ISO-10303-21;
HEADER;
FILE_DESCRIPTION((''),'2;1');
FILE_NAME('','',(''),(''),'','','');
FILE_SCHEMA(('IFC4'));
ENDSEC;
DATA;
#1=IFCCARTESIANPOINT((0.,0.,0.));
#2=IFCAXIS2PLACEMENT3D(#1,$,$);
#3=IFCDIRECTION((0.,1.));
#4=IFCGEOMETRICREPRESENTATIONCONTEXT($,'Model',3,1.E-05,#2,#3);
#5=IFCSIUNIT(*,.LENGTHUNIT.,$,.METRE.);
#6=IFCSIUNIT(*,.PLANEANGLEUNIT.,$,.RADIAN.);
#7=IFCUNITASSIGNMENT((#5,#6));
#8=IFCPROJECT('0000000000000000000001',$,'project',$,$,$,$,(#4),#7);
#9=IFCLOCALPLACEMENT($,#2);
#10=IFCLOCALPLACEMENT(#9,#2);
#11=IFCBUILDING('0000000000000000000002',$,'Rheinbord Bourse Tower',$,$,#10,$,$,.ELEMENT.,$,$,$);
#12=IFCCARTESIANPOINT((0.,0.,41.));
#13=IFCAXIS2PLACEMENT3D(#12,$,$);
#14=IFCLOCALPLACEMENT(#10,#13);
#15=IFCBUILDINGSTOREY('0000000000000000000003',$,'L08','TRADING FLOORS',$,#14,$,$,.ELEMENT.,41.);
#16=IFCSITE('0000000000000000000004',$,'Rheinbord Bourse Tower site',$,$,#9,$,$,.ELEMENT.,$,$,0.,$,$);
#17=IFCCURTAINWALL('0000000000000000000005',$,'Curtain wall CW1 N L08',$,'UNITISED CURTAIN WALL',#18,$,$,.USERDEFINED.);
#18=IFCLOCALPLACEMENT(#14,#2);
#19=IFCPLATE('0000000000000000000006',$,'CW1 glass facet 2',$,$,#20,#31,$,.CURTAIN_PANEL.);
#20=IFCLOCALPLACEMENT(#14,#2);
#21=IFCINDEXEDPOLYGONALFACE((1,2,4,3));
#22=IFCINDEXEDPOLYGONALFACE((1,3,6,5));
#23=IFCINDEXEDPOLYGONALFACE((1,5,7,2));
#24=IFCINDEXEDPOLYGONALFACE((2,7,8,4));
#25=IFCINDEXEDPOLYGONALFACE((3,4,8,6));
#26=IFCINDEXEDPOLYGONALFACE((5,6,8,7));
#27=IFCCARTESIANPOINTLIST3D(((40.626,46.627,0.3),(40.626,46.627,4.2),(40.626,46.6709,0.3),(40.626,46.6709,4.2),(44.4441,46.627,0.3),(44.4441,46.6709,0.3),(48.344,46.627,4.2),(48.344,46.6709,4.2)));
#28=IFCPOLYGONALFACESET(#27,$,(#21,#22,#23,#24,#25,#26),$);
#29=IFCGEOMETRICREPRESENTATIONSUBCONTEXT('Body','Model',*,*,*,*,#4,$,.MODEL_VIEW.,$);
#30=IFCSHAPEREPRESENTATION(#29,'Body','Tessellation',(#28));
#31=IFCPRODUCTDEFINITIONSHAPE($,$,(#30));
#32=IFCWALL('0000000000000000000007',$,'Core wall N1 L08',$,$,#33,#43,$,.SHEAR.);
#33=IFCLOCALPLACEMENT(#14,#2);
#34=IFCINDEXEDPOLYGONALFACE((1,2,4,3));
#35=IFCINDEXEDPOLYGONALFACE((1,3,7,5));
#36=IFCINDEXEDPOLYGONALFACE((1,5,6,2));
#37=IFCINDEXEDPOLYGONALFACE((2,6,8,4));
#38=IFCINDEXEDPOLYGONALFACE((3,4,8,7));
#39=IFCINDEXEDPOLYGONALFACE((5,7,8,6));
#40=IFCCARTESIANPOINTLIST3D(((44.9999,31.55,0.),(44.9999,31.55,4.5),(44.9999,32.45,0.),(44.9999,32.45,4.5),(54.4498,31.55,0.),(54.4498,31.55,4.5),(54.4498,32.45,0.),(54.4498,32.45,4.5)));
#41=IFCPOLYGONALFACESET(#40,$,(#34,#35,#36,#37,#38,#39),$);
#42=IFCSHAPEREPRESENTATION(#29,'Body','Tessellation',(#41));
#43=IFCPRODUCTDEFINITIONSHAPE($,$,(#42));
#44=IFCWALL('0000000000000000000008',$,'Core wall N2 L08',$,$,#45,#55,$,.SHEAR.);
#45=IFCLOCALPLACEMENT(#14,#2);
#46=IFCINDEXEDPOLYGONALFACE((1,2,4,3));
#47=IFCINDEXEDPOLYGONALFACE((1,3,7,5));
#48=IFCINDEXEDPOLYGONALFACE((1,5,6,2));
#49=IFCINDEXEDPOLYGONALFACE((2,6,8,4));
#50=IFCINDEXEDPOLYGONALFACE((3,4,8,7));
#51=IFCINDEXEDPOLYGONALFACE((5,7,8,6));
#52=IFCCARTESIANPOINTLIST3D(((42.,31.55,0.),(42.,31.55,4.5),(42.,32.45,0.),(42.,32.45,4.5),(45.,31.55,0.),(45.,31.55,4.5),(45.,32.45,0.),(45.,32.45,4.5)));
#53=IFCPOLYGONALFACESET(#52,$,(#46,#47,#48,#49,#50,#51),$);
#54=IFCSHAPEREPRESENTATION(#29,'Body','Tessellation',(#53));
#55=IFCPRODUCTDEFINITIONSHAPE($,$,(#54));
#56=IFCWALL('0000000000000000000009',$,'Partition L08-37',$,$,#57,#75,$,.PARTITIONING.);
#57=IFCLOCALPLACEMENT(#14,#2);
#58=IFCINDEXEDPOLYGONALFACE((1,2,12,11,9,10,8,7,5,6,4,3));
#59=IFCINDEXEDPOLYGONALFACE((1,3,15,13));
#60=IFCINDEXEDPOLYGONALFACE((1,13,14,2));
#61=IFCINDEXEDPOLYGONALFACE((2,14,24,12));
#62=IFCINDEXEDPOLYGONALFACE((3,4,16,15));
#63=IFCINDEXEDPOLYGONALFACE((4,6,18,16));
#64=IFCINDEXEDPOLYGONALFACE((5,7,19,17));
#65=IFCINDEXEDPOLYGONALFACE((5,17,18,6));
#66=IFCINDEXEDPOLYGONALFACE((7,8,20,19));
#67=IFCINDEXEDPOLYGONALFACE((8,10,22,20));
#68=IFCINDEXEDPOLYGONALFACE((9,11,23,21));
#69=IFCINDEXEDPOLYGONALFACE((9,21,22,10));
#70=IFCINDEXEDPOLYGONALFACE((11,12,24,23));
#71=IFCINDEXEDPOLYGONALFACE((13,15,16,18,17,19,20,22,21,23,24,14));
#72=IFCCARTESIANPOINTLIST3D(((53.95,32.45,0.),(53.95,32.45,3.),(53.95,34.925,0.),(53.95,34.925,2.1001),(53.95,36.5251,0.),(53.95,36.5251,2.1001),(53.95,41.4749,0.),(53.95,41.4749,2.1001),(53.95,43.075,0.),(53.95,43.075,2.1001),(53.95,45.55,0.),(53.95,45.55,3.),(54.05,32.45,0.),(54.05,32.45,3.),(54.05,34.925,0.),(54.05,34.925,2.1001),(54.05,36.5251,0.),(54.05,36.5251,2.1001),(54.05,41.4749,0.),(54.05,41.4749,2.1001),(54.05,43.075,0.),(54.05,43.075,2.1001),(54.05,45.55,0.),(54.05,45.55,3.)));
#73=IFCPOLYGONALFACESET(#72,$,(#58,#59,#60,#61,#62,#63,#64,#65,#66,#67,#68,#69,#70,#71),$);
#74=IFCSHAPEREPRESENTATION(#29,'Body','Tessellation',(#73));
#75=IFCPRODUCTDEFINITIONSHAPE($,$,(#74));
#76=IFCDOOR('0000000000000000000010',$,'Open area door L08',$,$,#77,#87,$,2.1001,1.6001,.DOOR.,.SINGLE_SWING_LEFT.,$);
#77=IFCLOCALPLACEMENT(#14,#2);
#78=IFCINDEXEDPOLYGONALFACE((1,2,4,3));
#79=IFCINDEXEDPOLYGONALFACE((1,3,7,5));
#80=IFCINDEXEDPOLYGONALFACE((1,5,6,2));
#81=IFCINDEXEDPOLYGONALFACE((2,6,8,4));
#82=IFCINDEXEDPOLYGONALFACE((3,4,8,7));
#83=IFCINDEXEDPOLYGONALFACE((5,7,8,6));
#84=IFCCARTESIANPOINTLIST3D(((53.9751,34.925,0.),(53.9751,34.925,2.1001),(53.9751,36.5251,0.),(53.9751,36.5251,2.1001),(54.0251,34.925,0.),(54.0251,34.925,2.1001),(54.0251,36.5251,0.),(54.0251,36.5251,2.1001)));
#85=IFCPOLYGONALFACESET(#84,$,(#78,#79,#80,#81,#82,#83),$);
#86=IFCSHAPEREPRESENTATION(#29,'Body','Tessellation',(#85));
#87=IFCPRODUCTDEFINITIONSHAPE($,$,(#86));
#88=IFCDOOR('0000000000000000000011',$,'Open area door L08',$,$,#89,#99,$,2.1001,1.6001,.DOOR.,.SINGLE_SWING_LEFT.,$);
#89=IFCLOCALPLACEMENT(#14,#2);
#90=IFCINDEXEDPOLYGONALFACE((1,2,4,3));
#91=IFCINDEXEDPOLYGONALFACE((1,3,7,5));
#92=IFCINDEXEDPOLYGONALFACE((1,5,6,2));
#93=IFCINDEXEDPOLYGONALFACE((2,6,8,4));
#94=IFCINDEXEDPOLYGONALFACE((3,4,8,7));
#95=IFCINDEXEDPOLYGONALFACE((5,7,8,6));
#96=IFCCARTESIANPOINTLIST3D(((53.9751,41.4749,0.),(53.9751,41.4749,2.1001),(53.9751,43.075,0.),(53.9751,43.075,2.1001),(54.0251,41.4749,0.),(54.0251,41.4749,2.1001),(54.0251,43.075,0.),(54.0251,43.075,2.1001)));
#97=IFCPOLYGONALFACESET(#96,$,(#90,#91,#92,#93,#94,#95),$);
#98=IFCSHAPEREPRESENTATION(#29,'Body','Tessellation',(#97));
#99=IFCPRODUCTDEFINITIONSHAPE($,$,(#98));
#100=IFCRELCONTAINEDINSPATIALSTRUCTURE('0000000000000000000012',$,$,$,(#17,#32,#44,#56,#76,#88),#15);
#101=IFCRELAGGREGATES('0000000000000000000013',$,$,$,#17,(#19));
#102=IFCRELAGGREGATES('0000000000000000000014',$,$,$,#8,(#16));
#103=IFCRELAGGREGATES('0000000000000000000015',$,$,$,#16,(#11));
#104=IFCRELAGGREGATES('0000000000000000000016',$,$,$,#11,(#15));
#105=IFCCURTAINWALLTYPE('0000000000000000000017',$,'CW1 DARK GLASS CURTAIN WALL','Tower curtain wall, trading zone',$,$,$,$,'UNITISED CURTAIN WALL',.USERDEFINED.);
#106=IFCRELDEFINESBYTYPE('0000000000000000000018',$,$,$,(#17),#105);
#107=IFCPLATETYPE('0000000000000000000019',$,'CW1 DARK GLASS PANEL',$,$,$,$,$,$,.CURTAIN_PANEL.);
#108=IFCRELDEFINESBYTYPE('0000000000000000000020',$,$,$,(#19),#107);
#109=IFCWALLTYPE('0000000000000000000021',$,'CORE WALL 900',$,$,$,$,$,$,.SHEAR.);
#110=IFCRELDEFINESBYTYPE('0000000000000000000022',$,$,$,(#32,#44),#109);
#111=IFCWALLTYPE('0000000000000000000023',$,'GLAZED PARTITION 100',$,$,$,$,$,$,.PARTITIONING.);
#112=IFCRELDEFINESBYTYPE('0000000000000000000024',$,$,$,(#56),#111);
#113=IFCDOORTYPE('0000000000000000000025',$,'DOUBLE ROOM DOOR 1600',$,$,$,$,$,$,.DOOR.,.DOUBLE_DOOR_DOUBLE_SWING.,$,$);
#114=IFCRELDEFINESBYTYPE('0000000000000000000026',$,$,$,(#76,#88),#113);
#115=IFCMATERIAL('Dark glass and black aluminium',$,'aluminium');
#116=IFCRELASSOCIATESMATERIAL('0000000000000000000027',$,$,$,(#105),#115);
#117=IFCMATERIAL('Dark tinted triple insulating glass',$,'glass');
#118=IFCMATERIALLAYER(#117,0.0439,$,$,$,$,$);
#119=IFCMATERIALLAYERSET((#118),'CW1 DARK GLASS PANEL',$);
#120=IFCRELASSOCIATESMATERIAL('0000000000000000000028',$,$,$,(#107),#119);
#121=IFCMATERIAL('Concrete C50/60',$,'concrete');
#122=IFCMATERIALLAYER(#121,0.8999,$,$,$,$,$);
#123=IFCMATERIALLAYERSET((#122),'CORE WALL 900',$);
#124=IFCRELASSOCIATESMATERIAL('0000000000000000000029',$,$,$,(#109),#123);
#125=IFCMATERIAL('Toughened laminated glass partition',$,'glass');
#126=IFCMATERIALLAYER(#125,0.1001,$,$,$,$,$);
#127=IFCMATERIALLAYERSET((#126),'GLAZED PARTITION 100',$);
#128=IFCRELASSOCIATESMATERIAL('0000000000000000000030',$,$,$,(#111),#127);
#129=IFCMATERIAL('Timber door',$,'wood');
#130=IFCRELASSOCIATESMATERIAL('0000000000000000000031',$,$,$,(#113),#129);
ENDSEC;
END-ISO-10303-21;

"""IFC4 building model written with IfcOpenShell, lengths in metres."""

from ifc_helpers import new_model, si_unit, direction, frame, frame_2d, origin, place, context, subcontext, project, spatial, polyline, rectangle, outline, extrude, material, layer, layer_set, type_object, element, fill, aggregate, save


model = new_model("IFC4")

# Units and contexts
model_context = context("Model", 3, precision=1e-05, world=origin(), true_north=direction((0.0, 1.0)))
body_context = subcontext(model_context, "Body", "Model", "MODEL_VIEW")
ifc_project = project(units=[si_unit("LENGTHUNIT", "METRE"), si_unit("PLANEANGLEUNIT", "RADIAN")], contexts=[model_context])

# Site, building, storey
site_placement = place(None, origin())
site = spatial("IfcSite", under=ifc_project, at=site_placement, Name="Rheinbord Bourse Tower site", CompositionType="ELEMENT", RefElevation=0.0)
building_placement = place(site_placement, origin())
building = spatial("IfcBuilding", under=site, at=building_placement, Name="Rheinbord Bourse Tower", CompositionType="ELEMENT")
storey_placement = place(building_placement, frame((0.0, 0.0, 41.0)))
storey = spatial("IfcBuildingStorey", under=building, at=storey_placement, Name="L08", Description="TRADING FLOORS", CompositionType="ELEMENT", Elevation=41.0)

# Curtain wall
ifc_material_1 = material(Name="Dark glass and black aluminium", Category="aluminium")
curtain_wall_type = type_object("IfcCurtainWallType", Name="CW1 DARK GLASS CURTAIN WALL", Description="Tower curtain wall, trading zone", ElementType="UNITISED CURTAIN WALL", PredefinedType="USERDEFINED", material=ifc_material_1)
curtain_wall_placement = place(storey_placement, origin())
curtain_wall = element("IfcCurtainWall", 1, at=curtain_wall_placement, inside=storey, type_object=curtain_wall_type, Name="Curtain wall CW1 N L08", ObjectType="UNITISED CURTAIN WALL", PredefinedType="USERDEFINED")

# Plate
ifc_material_2 = material(Name="Dark tinted triple insulating glass", Category="glass")
ifc_layer_1 = layer(ifc_material_2, 0.0439)
ifc_layer_set_1 = layer_set([ifc_layer_1], Name="CW1 DARK GLASS PANEL")
plate_type = type_object("IfcPlateType", Name="CW1 DARK GLASS PANEL", PredefinedType="CURTAIN_PANEL", material=ifc_layer_set_1)
plate_1_placement = place(storey_placement, frame((40.626, 46.6709, 4.2), z_axis=(0.0, -1.0, 0.0), x_axis=(0.0, 0.0, -1.0)))
plate_1 = element("IfcPlate", 2, at=plate_1_placement, type_object=plate_type, Name="CW1 glass facet 2", PredefinedType="CURTAIN_PANEL", context=body_context, shape_type="SweptSolid", body=[
    extrude(outline(polyline([(0.0, 0.0), (3.8999, 0.0), (3.8999, 3.8181), (0.0, 7.718), (0.0, 0.0)])), origin(), (0.0, 0.0, 1.0), 0.0439),
])
aggregate(curtain_wall, [plate_1])

# Walls
ifc_material_3 = material(Name="Concrete C50/60", Category="concrete")
ifc_layer_2 = layer(ifc_material_3, 0.8999)
ifc_layer_set_2 = layer_set([ifc_layer_2], Name="CORE WALL 900")
wall_type_1 = type_object("IfcWallType", Name="CORE WALL 900", PredefinedType="SHEAR", material=ifc_layer_set_2)
wall_1_placement = place(storey_placement, frame((54.45, 32.0, 0.0), z_axis=(0.0, 0.0, 1.0), x_axis=(-1.0, 0.0, 0.0)))
element("IfcWall", 3, at=wall_1_placement, inside=storey, type_object=wall_type_1, Name="Core wall N1 L08", PredefinedType="SHEAR", context=body_context, shape_type="SweptSolid", body=[
    extrude(rectangle(XDim=9.45, YDim=0.8999, at=frame_2d((4.7251, 0.0))), origin(), (0.0, 0.0, 1.0), 4.5),
])
wall_2_placement = place(storey_placement, frame((45.0, 32.0, 0.0), z_axis=(0.0, 0.0, 1.0), x_axis=(-1.0, 0.0, 0.0)))
element("IfcWall", 4, at=wall_2_placement, inside=storey, type_object=wall_type_1, Name="Core wall N2 L08", PredefinedType="SHEAR", context=body_context, shape_type="SweptSolid", body=[
    extrude(rectangle(XDim=3.0, YDim=0.8999, at=frame_2d((1.5, 0.0))), origin(), (0.0, 0.0, 1.0), 4.5),
])

# Wall, openings, doors
ifc_material_4 = material(Name="Toughened laminated glass partition", Category="glass")
ifc_layer_3 = layer(ifc_material_4, 0.1001)
ifc_layer_set_3 = layer_set([ifc_layer_3], Name="GLAZED PARTITION 100")
wall_type_2 = type_object("IfcWallType", Name="GLAZED PARTITION 100", PredefinedType="PARTITIONING", material=ifc_layer_set_3)
wall_3_placement = place(storey_placement, frame((54.0, 32.45, 0.0), z_axis=(0.0, 0.0, 1.0), x_axis=(0.0, 1.0, 0.0)))
wall_3 = element("IfcWall", 5, at=wall_3_placement, inside=storey, type_object=wall_type_2, Name="Partition L08-37", PredefinedType="PARTITIONING", context=body_context, shape_type="SweptSolid", body=[
    extrude(rectangle(XDim=13.1001, YDim=0.1001, at=frame_2d((6.55, 0.0))), origin(), (0.0, 0.0, 1.0), 3.0),
])
opening_1_placement = place(wall_3_placement, frame((2.4751, 0.0, 0.0)))
opening_1 = element("IfcOpeningElement", 6, at=opening_1_placement, cuts=wall_3, PredefinedType="OPENING", context=body_context, shape_type="SweptSolid", body=[
    extrude(rectangle(XDim=1.6001, YDim=2.1001, at=frame_2d((0.8, 1.05))), frame((0.0, 0.0601, 0.0), z_axis=(0.0, -1.0, 0.0), x_axis=(1.0, 0.0, 0.0)), (0.0, 0.0, 1.0), 0.1201),
])
opening_2_placement = place(wall_3_placement, frame((9.0249, 0.0, 0.0)))
opening_2 = element("IfcOpeningElement", 7, at=opening_2_placement, cuts=wall_3, PredefinedType="OPENING", context=body_context, shape_type="SweptSolid", body=[
    extrude(rectangle(XDim=1.6001, YDim=2.1001, at=frame_2d((0.8, 1.05))), frame((0.0, 0.0601, 0.0), z_axis=(0.0, -1.0, 0.0), x_axis=(1.0, 0.0, 0.0)), (0.0, 0.0, 1.0), 0.1201),
])
ifc_material_5 = material(Name="Timber door", Category="wood")
door_type = type_object("IfcDoorType", Name="DOUBLE ROOM DOOR 1600", OperationType="DOUBLE_DOOR_DOUBLE_SWING", PredefinedType="DOOR", material=ifc_material_5)
door_1_placement = place(opening_1_placement, origin())
door_1 = element("IfcDoor", 8, at=door_1_placement, inside=storey, type_object=door_type, Name="Open area door L08", OperationType="SINGLE_SWING_LEFT", OverallHeight=2.1001, OverallWidth=1.6001, PredefinedType="DOOR", context=body_context, shape_type="SweptSolid", body=[
    extrude(rectangle(XDim=1.6001, YDim=2.1001, at=frame_2d((0.8, 1.05))), frame((0.0, 0.0249, 0.0), z_axis=(0.0, -1.0, 0.0), x_axis=(1.0, 0.0, 0.0)), (0.0, 0.0, 1.0), 0.05),
])
fill(opening_1, door_1)
door_2_placement = place(opening_2_placement, origin())
door_2 = element("IfcDoor", 9, at=door_2_placement, inside=storey, type_object=door_type, Name="Open area door L08", OperationType="SINGLE_SWING_LEFT", OverallHeight=2.1001, OverallWidth=1.6001, PredefinedType="DOOR", context=body_context, shape_type="SweptSolid", body=[
    extrude(rectangle(XDim=1.6001, YDim=2.1001, at=frame_2d((0.8, 1.05))), frame((0.0, 0.0249, 0.0), z_axis=(0.0, -1.0, 0.0), x_axis=(1.0, 0.0, 0.0)), (0.0, 0.0, 1.0), 0.05),
])
fill(opening_2, door_2)

save(model, "model.ifc")
